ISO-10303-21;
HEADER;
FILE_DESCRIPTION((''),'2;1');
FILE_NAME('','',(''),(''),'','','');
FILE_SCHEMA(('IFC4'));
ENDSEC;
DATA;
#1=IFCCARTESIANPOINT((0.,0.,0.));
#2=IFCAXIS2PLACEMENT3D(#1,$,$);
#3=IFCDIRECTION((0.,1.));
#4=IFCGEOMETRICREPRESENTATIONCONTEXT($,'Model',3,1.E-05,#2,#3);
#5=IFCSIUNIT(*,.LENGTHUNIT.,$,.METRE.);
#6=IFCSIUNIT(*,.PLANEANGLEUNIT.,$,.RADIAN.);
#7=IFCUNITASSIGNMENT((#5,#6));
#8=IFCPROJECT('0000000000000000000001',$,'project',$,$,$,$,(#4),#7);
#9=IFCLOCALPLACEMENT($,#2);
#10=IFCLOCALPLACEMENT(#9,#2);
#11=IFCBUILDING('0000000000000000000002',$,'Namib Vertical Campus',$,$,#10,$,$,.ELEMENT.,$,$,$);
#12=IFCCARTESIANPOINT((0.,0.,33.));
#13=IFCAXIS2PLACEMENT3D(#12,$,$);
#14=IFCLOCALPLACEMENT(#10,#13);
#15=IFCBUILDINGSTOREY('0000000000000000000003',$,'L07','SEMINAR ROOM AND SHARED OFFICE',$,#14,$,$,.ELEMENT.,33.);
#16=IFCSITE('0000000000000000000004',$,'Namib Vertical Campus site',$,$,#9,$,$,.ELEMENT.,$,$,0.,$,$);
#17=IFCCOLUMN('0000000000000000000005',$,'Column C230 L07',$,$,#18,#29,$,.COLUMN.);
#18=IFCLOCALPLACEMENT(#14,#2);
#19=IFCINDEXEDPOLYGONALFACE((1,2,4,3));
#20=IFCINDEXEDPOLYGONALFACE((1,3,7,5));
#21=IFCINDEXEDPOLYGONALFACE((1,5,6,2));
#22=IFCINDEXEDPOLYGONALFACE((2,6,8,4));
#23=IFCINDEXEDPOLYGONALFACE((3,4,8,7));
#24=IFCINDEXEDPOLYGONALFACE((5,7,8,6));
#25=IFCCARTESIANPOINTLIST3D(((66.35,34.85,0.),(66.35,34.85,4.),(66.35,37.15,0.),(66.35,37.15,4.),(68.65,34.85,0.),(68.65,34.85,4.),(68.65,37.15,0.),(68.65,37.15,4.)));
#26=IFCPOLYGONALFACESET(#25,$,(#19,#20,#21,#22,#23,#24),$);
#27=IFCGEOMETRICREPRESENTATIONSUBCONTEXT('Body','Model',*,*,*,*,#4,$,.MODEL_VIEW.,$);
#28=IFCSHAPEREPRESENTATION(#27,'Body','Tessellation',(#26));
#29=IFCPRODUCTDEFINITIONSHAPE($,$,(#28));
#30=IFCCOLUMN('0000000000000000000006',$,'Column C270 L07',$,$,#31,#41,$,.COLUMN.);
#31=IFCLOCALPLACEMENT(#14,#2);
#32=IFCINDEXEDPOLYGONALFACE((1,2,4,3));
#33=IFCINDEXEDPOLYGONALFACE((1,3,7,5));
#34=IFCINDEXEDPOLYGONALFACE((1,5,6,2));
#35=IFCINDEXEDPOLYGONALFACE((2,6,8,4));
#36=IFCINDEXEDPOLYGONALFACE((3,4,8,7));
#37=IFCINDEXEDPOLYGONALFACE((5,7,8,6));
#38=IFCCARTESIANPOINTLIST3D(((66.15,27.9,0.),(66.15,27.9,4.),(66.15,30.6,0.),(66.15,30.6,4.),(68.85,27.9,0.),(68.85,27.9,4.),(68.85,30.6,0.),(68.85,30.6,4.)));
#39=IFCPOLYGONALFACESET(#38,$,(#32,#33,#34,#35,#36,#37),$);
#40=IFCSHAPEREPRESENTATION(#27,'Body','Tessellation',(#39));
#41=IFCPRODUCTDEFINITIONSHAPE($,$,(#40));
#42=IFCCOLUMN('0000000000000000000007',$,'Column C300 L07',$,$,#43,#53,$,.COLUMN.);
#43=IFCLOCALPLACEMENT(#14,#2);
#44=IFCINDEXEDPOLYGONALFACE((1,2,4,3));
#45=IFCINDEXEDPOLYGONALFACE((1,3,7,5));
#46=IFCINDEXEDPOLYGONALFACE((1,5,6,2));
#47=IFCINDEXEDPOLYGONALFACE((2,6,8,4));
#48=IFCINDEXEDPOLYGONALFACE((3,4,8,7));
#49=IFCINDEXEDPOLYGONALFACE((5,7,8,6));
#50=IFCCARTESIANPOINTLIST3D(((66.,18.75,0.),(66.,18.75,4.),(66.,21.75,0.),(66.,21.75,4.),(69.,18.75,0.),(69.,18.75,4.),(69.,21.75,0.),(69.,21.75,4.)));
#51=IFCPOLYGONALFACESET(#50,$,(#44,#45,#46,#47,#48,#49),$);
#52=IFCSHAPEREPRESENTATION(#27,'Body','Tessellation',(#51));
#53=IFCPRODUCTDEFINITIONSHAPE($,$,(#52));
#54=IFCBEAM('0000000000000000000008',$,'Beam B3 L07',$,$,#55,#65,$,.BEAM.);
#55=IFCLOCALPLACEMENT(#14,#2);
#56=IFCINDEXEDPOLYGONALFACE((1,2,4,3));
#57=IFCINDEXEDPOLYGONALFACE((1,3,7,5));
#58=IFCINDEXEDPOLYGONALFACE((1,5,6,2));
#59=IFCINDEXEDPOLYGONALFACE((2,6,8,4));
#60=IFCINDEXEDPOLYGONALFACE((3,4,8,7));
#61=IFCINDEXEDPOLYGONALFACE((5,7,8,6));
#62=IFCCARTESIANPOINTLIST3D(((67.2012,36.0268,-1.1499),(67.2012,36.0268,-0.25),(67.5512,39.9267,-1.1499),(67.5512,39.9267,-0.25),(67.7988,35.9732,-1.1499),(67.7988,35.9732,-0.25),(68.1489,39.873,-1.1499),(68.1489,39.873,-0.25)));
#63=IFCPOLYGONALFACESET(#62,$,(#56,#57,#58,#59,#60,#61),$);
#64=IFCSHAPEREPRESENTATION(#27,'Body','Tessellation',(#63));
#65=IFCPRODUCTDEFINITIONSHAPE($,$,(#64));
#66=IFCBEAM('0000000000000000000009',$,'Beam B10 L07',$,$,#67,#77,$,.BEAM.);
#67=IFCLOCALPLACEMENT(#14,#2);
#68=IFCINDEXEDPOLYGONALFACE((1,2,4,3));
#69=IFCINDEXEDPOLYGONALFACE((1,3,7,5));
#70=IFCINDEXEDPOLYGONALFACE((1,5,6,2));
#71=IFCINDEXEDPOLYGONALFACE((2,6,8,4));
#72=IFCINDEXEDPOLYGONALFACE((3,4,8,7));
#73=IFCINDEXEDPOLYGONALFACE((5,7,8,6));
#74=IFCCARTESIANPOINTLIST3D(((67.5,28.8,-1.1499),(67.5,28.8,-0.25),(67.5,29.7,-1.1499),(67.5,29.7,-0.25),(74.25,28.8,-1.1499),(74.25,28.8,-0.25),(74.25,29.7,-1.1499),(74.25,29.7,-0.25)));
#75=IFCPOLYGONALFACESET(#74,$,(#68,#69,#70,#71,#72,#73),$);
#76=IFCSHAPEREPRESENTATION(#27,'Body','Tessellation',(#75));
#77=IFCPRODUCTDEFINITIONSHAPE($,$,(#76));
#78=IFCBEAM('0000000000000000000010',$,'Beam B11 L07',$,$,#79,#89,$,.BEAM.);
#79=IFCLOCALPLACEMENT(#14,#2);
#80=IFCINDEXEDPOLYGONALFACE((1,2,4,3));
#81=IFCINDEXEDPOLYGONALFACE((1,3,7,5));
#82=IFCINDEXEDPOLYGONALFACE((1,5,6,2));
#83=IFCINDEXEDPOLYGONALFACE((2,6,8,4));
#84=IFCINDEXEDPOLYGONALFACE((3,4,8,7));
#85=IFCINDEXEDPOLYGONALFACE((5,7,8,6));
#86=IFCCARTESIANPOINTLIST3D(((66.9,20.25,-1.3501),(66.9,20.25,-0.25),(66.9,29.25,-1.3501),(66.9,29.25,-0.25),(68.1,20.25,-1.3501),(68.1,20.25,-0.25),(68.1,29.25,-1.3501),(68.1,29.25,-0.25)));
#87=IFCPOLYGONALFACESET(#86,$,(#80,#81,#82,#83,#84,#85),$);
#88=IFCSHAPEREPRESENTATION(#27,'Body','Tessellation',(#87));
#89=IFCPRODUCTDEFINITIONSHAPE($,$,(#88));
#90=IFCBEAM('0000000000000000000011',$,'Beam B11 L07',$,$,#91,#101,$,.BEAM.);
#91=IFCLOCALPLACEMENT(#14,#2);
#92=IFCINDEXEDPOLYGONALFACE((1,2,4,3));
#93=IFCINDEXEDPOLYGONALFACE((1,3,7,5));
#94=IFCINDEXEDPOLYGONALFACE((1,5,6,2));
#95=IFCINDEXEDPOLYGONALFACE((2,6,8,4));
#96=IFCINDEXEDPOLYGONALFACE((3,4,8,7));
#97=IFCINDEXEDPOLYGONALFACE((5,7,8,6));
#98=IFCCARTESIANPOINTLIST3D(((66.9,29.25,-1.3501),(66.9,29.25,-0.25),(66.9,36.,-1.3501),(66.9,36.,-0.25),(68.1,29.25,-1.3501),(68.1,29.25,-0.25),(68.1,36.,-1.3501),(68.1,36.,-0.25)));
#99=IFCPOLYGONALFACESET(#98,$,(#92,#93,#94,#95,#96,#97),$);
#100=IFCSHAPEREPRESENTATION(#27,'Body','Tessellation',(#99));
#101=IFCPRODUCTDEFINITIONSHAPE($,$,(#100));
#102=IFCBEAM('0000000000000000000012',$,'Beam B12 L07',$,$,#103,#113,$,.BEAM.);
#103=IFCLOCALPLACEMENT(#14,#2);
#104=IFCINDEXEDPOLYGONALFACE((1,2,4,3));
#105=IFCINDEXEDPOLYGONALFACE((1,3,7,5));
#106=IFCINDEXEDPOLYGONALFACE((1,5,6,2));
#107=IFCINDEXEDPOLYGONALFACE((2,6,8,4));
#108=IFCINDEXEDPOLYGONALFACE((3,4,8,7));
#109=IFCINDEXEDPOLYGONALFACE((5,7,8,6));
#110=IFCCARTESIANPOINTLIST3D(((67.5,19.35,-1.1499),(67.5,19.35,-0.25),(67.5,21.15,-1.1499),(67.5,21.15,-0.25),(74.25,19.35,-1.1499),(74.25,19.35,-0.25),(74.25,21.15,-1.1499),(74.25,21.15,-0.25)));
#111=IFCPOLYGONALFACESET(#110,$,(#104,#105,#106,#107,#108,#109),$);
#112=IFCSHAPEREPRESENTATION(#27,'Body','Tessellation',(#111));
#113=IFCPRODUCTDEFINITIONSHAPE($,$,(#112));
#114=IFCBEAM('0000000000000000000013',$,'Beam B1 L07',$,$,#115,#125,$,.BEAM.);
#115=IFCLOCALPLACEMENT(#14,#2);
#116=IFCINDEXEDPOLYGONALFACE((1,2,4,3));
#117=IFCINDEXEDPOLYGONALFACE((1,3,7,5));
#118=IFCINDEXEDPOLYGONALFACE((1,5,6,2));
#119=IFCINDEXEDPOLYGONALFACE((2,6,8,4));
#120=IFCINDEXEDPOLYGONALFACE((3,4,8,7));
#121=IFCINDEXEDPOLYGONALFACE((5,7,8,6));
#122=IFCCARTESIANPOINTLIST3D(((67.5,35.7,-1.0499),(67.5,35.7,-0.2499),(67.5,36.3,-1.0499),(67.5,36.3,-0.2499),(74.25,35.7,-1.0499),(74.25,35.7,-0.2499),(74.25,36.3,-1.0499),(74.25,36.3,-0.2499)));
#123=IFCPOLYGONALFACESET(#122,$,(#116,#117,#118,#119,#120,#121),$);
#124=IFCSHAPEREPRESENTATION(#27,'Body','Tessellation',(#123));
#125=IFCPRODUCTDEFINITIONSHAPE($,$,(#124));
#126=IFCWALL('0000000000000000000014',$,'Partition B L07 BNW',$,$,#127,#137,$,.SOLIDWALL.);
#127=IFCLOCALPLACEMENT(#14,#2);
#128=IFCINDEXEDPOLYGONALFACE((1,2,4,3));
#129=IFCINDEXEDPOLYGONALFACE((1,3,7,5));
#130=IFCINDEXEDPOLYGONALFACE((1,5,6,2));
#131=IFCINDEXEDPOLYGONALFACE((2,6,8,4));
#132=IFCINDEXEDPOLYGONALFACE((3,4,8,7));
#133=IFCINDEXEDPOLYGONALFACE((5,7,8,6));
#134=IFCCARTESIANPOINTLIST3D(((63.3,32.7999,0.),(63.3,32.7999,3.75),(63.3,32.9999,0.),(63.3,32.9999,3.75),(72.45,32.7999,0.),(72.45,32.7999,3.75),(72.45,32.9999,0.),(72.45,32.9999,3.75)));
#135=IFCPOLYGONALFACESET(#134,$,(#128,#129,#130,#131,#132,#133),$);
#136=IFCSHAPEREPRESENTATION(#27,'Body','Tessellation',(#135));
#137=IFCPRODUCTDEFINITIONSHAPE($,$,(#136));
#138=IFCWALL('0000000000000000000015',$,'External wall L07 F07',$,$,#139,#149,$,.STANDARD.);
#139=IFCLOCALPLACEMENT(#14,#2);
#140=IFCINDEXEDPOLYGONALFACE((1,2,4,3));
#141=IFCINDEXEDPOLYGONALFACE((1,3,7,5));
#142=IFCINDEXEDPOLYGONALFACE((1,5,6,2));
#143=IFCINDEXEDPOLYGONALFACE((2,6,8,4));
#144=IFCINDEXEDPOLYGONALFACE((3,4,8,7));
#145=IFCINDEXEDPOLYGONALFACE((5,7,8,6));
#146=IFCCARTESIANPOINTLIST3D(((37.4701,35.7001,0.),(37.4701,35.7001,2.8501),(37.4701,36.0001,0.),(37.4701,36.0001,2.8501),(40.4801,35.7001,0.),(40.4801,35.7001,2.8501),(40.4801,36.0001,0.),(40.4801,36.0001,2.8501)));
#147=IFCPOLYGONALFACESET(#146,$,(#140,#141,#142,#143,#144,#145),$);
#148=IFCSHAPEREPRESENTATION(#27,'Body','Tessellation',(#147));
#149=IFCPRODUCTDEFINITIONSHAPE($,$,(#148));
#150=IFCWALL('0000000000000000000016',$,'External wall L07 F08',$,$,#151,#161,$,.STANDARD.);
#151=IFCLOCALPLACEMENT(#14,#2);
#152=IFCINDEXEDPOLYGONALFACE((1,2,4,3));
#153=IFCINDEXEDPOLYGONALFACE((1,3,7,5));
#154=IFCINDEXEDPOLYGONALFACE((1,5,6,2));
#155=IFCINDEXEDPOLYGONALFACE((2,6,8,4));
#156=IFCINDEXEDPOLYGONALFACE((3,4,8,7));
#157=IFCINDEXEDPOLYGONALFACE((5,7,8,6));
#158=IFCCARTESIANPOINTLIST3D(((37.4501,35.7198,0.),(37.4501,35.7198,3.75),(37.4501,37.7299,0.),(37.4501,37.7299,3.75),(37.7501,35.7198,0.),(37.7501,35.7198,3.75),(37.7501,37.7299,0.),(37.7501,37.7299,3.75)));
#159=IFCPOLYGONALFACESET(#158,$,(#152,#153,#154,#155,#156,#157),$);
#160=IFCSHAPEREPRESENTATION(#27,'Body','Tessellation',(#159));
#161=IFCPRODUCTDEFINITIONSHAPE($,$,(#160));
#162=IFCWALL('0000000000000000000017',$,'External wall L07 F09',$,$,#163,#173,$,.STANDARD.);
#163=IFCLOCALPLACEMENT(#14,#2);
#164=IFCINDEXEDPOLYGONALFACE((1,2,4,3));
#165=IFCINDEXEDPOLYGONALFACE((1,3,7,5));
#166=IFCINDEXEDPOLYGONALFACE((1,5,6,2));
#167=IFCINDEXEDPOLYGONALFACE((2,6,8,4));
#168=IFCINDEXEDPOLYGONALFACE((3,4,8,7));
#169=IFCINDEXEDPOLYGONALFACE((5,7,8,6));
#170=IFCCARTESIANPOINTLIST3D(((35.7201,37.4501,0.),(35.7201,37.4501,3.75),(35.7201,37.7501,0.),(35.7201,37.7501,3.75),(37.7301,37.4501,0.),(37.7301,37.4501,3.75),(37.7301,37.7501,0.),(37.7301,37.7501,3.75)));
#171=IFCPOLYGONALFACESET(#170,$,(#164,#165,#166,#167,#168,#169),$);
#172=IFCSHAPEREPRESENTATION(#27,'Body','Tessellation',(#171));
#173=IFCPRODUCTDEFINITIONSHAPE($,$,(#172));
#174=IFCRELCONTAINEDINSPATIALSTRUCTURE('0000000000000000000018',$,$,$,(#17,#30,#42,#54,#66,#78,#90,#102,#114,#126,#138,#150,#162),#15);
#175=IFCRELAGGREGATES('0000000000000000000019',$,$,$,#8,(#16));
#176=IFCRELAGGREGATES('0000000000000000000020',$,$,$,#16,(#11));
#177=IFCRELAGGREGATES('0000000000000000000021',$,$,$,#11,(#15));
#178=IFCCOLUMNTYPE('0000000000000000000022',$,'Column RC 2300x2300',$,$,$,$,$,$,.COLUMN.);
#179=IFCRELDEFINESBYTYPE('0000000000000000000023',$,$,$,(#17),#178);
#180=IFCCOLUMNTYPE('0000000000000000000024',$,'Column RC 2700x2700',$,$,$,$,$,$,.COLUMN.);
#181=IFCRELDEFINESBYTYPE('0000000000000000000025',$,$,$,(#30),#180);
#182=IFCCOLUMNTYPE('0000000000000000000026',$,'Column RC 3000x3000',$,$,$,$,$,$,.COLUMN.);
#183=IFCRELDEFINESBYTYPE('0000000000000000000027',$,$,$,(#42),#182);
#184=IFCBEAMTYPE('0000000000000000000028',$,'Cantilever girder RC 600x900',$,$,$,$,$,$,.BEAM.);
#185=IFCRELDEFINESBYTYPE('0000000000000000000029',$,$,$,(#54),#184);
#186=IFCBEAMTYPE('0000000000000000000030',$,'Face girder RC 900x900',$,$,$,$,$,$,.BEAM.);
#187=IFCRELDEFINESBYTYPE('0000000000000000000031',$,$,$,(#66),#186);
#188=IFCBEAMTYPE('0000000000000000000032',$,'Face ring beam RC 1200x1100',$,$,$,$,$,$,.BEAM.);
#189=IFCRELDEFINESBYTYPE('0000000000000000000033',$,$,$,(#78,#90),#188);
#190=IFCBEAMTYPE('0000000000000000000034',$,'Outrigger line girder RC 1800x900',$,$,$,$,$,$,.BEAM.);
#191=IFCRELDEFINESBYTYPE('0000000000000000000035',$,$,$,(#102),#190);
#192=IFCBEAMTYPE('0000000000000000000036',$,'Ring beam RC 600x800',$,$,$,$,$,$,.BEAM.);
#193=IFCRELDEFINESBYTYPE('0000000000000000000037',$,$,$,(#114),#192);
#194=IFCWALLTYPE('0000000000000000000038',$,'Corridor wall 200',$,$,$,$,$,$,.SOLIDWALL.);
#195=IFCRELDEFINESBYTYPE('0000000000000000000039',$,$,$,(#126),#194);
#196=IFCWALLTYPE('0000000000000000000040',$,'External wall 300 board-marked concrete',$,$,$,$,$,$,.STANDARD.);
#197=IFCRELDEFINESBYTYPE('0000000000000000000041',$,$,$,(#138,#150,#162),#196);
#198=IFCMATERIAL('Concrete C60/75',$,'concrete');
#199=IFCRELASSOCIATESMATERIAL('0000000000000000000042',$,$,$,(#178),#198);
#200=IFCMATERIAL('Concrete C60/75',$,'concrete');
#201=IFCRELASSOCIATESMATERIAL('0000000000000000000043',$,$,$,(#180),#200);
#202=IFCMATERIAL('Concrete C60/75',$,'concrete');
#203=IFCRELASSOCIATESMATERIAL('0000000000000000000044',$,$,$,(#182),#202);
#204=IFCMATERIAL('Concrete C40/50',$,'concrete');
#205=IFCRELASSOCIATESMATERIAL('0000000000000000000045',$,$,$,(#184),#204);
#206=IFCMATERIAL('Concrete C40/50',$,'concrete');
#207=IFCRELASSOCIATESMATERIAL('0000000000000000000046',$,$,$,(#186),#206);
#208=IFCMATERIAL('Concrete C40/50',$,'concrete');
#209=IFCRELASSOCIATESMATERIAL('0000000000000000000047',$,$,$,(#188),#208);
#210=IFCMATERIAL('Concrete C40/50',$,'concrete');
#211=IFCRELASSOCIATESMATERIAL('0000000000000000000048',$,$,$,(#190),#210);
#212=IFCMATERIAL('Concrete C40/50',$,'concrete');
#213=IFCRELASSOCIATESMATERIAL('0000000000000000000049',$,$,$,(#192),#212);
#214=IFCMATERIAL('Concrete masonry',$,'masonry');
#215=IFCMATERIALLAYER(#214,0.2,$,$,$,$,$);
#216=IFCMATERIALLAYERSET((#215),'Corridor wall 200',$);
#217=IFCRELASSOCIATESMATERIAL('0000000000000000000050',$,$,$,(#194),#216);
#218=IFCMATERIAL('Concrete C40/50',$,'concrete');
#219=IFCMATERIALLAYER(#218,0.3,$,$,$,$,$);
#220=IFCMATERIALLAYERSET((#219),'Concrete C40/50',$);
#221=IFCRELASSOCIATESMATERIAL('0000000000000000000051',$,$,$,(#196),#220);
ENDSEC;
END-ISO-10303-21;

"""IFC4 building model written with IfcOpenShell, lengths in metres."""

from ifc_helpers import new_model, si_unit, direction, frame, frame_2d, origin, origin_2d, place, context, subcontext, project, spatial, rectangle, extrude, material, layer, layer_set, material_profile, profile_set, type_object, element, save


model = new_model("IFC4")

# Units and contexts
model_context = context("Model", 3, precision=1e-05, world=origin(), true_north=direction((0.0, 1.0)))
body_context = subcontext(model_context, "Body", "Model", "MODEL_VIEW")
ifc_project = project(units=[si_unit("LENGTHUNIT", "METRE"), si_unit("PLANEANGLEUNIT", "RADIAN")], contexts=[model_context])

# Site, building, storey
site_placement = place(None, origin())
site = spatial("IfcSite", under=ifc_project, at=site_placement, Name="Namib Vertical Campus site", CompositionType="ELEMENT", RefElevation=0.0)
building_placement = place(site_placement, origin())
building = spatial("IfcBuilding", under=site, at=building_placement, Name="Namib Vertical Campus", CompositionType="ELEMENT")
storey_placement = place(building_placement, frame((0.0, 0.0, 33.0)))
storey = spatial("IfcBuildingStorey", under=building, at=storey_placement, Name="L07", Description="SEMINAR ROOM AND SHARED OFFICE", CompositionType="ELEMENT", Elevation=33.0)

# Columns
ifc_material_1 = material(Name="Concrete C60/75", Category="concrete")
ifc_material_profile_1 = material_profile(ifc_material_1, rectangle(XDim=2.3, YDim=2.3, at=origin_2d()))
ifc_profile_set_1 = profile_set([ifc_material_profile_1], Name="Concrete C60/75")
column_type_1 = type_object("IfcColumnType", Name="Column RC 2300x2300", PredefinedType="COLUMN", material=ifc_profile_set_1)
column_1_placement = place(storey_placement, frame((67.5, 36.0, 0.0), z_axis=(0.0, 0.0, 1.0), x_axis=(1.0, 0.0, 0.0)))
element("IfcColumn", 1, at=column_1_placement, inside=storey, type_object=column_type_1, Name="Column C230 L07", PredefinedType="COLUMN", context=body_context, shape_type="SweptSolid", body=[
    extrude(rectangle(XDim=2.3, YDim=2.3, at=origin_2d()), origin(), (0.0, 0.0, 1.0), 4.0),
])
ifc_material_2 = material(Name="Concrete C60/75", Category="concrete")
ifc_material_profile_2 = material_profile(ifc_material_2, rectangle(XDim=2.7, YDim=2.7, at=origin_2d()))
ifc_profile_set_2 = profile_set([ifc_material_profile_2], Name="Concrete C60/75")
column_type_2 = type_object("IfcColumnType", Name="Column RC 2700x2700", PredefinedType="COLUMN", material=ifc_profile_set_2)
column_2_placement = place(storey_placement, frame((67.5, 29.25, 0.0), z_axis=(0.0, 0.0, 1.0), x_axis=(1.0, 0.0, 0.0)))
element("IfcColumn", 2, at=column_2_placement, inside=storey, type_object=column_type_2, Name="Column C270 L07", PredefinedType="COLUMN", context=body_context, shape_type="SweptSolid", body=[
    extrude(rectangle(XDim=2.7, YDim=2.7, at=origin_2d()), origin(), (0.0, 0.0, 1.0), 4.0),
])
ifc_material_3 = material(Name="Concrete C60/75", Category="concrete")
ifc_material_profile_3 = material_profile(ifc_material_3, rectangle(XDim=3.0, YDim=3.0, at=origin_2d()))
ifc_profile_set_3 = profile_set([ifc_material_profile_3], Name="Concrete C60/75")
column_type_3 = type_object("IfcColumnType", Name="Column RC 3000x3000", PredefinedType="COLUMN", material=ifc_profile_set_3)
column_3_placement = place(storey_placement, frame((67.5, 20.25, 0.0), z_axis=(0.0, 0.0, 1.0), x_axis=(1.0, 0.0, 0.0)))
element("IfcColumn", 3, at=column_3_placement, inside=storey, type_object=column_type_3, Name="Column C300 L07", PredefinedType="COLUMN", context=body_context, shape_type="SweptSolid", body=[
    extrude(rectangle(XDim=3.0, YDim=3.0, at=origin_2d()), origin(), (0.0, 0.0, 1.0), 4.0),
])

# Beams
ifc_material_4 = material(Name="Concrete C40/50", Category="concrete")
ifc_material_profile_4 = material_profile(ifc_material_4, rectangle(XDim=0.6001, YDim=0.8999, at=origin_2d()))
ifc_profile_set_4 = profile_set([ifc_material_profile_4], Name="Concrete C40/50")
beam_type_1 = type_object("IfcBeamType", Name="Cantilever girder RC 600x900", PredefinedType="BEAM", material=ifc_profile_set_4)
beam_1_placement = place(storey_placement, frame((67.5, 36.0, -0.7), z_axis=(0.089411, 0.995995, 0.0), x_axis=(-0.995995, 0.089411, 0.0)))
element("IfcBeam", 4, at=beam_1_placement, inside=storey, type_object=beam_type_1, Name="Beam B3 L07", PredefinedType="BEAM", context=body_context, shape_type="SweptSolid", body=[
    extrude(rectangle(XDim=0.6001, YDim=0.8999, at=origin_2d()), origin(), (0.0, 0.0, 1.0), 3.9155),
])
ifc_material_5 = material(Name="Concrete C40/50", Category="concrete")
ifc_material_profile_5 = material_profile(ifc_material_5, rectangle(XDim=0.8999, YDim=0.8999, at=origin_2d()))
ifc_profile_set_5 = profile_set([ifc_material_profile_5], Name="Concrete C40/50")
beam_type_2 = type_object("IfcBeamType", Name="Face girder RC 900x900", PredefinedType="BEAM", material=ifc_profile_set_5)
beam_2_placement = place(storey_placement, frame((67.5, 29.25, -0.7), z_axis=(1.0, 0.0, 0.0), x_axis=(0.0, 1.0, 0.0)))
element("IfcBeam", 5, at=beam_2_placement, inside=storey, type_object=beam_type_2, Name="Beam B10 L07", PredefinedType="BEAM", context=body_context, shape_type="SweptSolid", body=[
    extrude(rectangle(XDim=0.8999, YDim=0.8999, at=origin_2d()), origin(), (0.0, 0.0, 1.0), 6.75),
])
ifc_material_6 = material(Name="Concrete C40/50", Category="concrete")
ifc_material_profile_6 = material_profile(ifc_material_6, rectangle(XDim=1.2, YDim=1.1001, at=origin_2d()))
ifc_profile_set_6 = profile_set([ifc_material_profile_6], Name="Concrete C40/50")
beam_type_3 = type_object("IfcBeamType", Name="Face ring beam RC 1200x1100", PredefinedType="BEAM", material=ifc_profile_set_6)
beam_3_placement = place(storey_placement, frame((67.5, 20.25, -0.8), z_axis=(0.0, 1.0, 0.0), x_axis=(-1.0, 0.0, 0.0)))
element("IfcBeam", 6, at=beam_3_placement, inside=storey, type_object=beam_type_3, Name="Beam B11 L07", PredefinedType="BEAM", context=body_context, shape_type="SweptSolid", body=[
    extrude(rectangle(XDim=1.2, YDim=1.1001, at=origin_2d()), origin(), (0.0, 0.0, 1.0), 9.0),
])
beam_4_placement = place(storey_placement, frame((67.5, 29.25, -0.8), z_axis=(0.0, 1.0, 0.0), x_axis=(-1.0, 0.0, 0.0)))
element("IfcBeam", 7, at=beam_4_placement, inside=storey, type_object=beam_type_3, Name="Beam B11 L07", PredefinedType="BEAM", context=body_context, shape_type="SweptSolid", body=[
    extrude(rectangle(XDim=1.2, YDim=1.1001, at=origin_2d()), origin(), (0.0, 0.0, 1.0), 6.75),
])
ifc_material_7 = material(Name="Concrete C40/50", Category="concrete")
ifc_material_profile_7 = material_profile(ifc_material_7, rectangle(XDim=1.8, YDim=0.8999, at=origin_2d()))
ifc_profile_set_7 = profile_set([ifc_material_profile_7], Name="Concrete C40/50")
beam_type_4 = type_object("IfcBeamType", Name="Outrigger line girder RC 1800x900", PredefinedType="BEAM", material=ifc_profile_set_7)
beam_5_placement = place(storey_placement, frame((67.5, 20.25, -0.7), z_axis=(1.0, 0.0, 0.0), x_axis=(0.0, 1.0, 0.0)))
element("IfcBeam", 8, at=beam_5_placement, inside=storey, type_object=beam_type_4, Name="Beam B12 L07", PredefinedType="BEAM", context=body_context, shape_type="SweptSolid", body=[
    extrude(rectangle(XDim=1.8, YDim=0.8999, at=origin_2d()), origin(), (0.0, 0.0, 1.0), 6.75),
])
ifc_material_8 = material(Name="Concrete C40/50", Category="concrete")
ifc_material_profile_8 = material_profile(ifc_material_8, rectangle(XDim=0.6001, YDim=0.8, at=origin_2d()))
ifc_profile_set_8 = profile_set([ifc_material_profile_8], Name="Concrete C40/50")
beam_type_5 = type_object("IfcBeamType", Name="Ring beam RC 600x800", PredefinedType="BEAM", material=ifc_profile_set_8)
beam_6_placement = place(storey_placement, frame((67.5, 36.0, -0.6499), z_axis=(1.0, 0.0, 0.0), x_axis=(0.0, 1.0, 0.0)))
element("IfcBeam", 9, at=beam_6_placement, inside=storey, type_object=beam_type_5, Name="Beam B1 L07", PredefinedType="BEAM", context=body_context, shape_type="SweptSolid", body=[
    extrude(rectangle(XDim=0.6001, YDim=0.8, at=origin_2d()), origin(), (0.0, 0.0, 1.0), 6.75),
])

# Walls
ifc_material_9 = material(Name="Concrete masonry", Category="masonry")
ifc_layer_1 = layer(ifc_material_9, 0.2)
ifc_layer_set_1 = layer_set([ifc_layer_1], Name="Corridor wall 200")
wall_type_1 = type_object("IfcWallType", Name="Corridor wall 200", PredefinedType="SOLIDWALL", material=ifc_layer_set_1)
wall_1_placement = place(storey_placement, frame((63.3, 32.8999, 0.0), z_axis=(0.0, 0.0, 1.0), x_axis=(1.0, 0.0, 0.0)))
element("IfcWall", 10, at=wall_1_placement, inside=storey, type_object=wall_type_1, Name="Partition B L07 BNW", PredefinedType="SOLIDWALL", context=body_context, shape_type="SweptSolid", body=[
    extrude(rectangle(XDim=9.1499, YDim=0.2, at=frame_2d((4.575, 0.0))), origin(), (0.0, 0.0, 1.0), 3.75),
])
ifc_material_10 = material(Name="Concrete C40/50", Category="concrete")
ifc_layer_2 = layer(ifc_material_10, 0.3)
ifc_layer_set_2 = layer_set([ifc_layer_2], Name="Concrete C40/50")
wall_type_2 = type_object("IfcWallType", Name="External wall 300 board-marked concrete", PredefinedType="STANDARD", material=ifc_layer_set_2)
wall_2_placement = place(storey_placement, frame((40.48, 35.8501, 0.0), z_axis=(0.0, 0.0, 1.0), x_axis=(-1.0, 0.0, 0.0)))
element("IfcWall", 11, at=wall_2_placement, inside=storey, type_object=wall_type_2, Name="External wall L07 F07", PredefinedType="STANDARD", context=body_context, shape_type="SweptSolid", body=[
    extrude(rectangle(XDim=3.01, YDim=0.3, at=frame_2d((1.5049, 0.0))), origin(), (0.0, 0.0, 1.0), 2.8501),
])
for number, where, z_axis, x_axis, name in (
    (12, (37.6001, 35.72, 0.0), (0.0, 0.0, 1.0), (0.0, 1.0, 0.0), "External wall L07 F08"),
    (13, (37.73, 37.6001, 0.0), (0.0, 0.0, 1.0), (-1.0, 0.0, 0.0), "External wall L07 F09"),
):
    element("IfcWall", number, at=place(storey_placement, frame(where, z_axis=z_axis, x_axis=x_axis)), inside=storey, type_object=wall_type_2, Name=name, PredefinedType="STANDARD", context=body_context, shape_type="SweptSolid", body=[
        extrude(rectangle(XDim=2.01, YDim=0.3, at=frame_2d((1.0049, 0.0))), origin(), (0.0, 0.0, 1.0), 3.75),
    ])

save(model, "model.ifc")
